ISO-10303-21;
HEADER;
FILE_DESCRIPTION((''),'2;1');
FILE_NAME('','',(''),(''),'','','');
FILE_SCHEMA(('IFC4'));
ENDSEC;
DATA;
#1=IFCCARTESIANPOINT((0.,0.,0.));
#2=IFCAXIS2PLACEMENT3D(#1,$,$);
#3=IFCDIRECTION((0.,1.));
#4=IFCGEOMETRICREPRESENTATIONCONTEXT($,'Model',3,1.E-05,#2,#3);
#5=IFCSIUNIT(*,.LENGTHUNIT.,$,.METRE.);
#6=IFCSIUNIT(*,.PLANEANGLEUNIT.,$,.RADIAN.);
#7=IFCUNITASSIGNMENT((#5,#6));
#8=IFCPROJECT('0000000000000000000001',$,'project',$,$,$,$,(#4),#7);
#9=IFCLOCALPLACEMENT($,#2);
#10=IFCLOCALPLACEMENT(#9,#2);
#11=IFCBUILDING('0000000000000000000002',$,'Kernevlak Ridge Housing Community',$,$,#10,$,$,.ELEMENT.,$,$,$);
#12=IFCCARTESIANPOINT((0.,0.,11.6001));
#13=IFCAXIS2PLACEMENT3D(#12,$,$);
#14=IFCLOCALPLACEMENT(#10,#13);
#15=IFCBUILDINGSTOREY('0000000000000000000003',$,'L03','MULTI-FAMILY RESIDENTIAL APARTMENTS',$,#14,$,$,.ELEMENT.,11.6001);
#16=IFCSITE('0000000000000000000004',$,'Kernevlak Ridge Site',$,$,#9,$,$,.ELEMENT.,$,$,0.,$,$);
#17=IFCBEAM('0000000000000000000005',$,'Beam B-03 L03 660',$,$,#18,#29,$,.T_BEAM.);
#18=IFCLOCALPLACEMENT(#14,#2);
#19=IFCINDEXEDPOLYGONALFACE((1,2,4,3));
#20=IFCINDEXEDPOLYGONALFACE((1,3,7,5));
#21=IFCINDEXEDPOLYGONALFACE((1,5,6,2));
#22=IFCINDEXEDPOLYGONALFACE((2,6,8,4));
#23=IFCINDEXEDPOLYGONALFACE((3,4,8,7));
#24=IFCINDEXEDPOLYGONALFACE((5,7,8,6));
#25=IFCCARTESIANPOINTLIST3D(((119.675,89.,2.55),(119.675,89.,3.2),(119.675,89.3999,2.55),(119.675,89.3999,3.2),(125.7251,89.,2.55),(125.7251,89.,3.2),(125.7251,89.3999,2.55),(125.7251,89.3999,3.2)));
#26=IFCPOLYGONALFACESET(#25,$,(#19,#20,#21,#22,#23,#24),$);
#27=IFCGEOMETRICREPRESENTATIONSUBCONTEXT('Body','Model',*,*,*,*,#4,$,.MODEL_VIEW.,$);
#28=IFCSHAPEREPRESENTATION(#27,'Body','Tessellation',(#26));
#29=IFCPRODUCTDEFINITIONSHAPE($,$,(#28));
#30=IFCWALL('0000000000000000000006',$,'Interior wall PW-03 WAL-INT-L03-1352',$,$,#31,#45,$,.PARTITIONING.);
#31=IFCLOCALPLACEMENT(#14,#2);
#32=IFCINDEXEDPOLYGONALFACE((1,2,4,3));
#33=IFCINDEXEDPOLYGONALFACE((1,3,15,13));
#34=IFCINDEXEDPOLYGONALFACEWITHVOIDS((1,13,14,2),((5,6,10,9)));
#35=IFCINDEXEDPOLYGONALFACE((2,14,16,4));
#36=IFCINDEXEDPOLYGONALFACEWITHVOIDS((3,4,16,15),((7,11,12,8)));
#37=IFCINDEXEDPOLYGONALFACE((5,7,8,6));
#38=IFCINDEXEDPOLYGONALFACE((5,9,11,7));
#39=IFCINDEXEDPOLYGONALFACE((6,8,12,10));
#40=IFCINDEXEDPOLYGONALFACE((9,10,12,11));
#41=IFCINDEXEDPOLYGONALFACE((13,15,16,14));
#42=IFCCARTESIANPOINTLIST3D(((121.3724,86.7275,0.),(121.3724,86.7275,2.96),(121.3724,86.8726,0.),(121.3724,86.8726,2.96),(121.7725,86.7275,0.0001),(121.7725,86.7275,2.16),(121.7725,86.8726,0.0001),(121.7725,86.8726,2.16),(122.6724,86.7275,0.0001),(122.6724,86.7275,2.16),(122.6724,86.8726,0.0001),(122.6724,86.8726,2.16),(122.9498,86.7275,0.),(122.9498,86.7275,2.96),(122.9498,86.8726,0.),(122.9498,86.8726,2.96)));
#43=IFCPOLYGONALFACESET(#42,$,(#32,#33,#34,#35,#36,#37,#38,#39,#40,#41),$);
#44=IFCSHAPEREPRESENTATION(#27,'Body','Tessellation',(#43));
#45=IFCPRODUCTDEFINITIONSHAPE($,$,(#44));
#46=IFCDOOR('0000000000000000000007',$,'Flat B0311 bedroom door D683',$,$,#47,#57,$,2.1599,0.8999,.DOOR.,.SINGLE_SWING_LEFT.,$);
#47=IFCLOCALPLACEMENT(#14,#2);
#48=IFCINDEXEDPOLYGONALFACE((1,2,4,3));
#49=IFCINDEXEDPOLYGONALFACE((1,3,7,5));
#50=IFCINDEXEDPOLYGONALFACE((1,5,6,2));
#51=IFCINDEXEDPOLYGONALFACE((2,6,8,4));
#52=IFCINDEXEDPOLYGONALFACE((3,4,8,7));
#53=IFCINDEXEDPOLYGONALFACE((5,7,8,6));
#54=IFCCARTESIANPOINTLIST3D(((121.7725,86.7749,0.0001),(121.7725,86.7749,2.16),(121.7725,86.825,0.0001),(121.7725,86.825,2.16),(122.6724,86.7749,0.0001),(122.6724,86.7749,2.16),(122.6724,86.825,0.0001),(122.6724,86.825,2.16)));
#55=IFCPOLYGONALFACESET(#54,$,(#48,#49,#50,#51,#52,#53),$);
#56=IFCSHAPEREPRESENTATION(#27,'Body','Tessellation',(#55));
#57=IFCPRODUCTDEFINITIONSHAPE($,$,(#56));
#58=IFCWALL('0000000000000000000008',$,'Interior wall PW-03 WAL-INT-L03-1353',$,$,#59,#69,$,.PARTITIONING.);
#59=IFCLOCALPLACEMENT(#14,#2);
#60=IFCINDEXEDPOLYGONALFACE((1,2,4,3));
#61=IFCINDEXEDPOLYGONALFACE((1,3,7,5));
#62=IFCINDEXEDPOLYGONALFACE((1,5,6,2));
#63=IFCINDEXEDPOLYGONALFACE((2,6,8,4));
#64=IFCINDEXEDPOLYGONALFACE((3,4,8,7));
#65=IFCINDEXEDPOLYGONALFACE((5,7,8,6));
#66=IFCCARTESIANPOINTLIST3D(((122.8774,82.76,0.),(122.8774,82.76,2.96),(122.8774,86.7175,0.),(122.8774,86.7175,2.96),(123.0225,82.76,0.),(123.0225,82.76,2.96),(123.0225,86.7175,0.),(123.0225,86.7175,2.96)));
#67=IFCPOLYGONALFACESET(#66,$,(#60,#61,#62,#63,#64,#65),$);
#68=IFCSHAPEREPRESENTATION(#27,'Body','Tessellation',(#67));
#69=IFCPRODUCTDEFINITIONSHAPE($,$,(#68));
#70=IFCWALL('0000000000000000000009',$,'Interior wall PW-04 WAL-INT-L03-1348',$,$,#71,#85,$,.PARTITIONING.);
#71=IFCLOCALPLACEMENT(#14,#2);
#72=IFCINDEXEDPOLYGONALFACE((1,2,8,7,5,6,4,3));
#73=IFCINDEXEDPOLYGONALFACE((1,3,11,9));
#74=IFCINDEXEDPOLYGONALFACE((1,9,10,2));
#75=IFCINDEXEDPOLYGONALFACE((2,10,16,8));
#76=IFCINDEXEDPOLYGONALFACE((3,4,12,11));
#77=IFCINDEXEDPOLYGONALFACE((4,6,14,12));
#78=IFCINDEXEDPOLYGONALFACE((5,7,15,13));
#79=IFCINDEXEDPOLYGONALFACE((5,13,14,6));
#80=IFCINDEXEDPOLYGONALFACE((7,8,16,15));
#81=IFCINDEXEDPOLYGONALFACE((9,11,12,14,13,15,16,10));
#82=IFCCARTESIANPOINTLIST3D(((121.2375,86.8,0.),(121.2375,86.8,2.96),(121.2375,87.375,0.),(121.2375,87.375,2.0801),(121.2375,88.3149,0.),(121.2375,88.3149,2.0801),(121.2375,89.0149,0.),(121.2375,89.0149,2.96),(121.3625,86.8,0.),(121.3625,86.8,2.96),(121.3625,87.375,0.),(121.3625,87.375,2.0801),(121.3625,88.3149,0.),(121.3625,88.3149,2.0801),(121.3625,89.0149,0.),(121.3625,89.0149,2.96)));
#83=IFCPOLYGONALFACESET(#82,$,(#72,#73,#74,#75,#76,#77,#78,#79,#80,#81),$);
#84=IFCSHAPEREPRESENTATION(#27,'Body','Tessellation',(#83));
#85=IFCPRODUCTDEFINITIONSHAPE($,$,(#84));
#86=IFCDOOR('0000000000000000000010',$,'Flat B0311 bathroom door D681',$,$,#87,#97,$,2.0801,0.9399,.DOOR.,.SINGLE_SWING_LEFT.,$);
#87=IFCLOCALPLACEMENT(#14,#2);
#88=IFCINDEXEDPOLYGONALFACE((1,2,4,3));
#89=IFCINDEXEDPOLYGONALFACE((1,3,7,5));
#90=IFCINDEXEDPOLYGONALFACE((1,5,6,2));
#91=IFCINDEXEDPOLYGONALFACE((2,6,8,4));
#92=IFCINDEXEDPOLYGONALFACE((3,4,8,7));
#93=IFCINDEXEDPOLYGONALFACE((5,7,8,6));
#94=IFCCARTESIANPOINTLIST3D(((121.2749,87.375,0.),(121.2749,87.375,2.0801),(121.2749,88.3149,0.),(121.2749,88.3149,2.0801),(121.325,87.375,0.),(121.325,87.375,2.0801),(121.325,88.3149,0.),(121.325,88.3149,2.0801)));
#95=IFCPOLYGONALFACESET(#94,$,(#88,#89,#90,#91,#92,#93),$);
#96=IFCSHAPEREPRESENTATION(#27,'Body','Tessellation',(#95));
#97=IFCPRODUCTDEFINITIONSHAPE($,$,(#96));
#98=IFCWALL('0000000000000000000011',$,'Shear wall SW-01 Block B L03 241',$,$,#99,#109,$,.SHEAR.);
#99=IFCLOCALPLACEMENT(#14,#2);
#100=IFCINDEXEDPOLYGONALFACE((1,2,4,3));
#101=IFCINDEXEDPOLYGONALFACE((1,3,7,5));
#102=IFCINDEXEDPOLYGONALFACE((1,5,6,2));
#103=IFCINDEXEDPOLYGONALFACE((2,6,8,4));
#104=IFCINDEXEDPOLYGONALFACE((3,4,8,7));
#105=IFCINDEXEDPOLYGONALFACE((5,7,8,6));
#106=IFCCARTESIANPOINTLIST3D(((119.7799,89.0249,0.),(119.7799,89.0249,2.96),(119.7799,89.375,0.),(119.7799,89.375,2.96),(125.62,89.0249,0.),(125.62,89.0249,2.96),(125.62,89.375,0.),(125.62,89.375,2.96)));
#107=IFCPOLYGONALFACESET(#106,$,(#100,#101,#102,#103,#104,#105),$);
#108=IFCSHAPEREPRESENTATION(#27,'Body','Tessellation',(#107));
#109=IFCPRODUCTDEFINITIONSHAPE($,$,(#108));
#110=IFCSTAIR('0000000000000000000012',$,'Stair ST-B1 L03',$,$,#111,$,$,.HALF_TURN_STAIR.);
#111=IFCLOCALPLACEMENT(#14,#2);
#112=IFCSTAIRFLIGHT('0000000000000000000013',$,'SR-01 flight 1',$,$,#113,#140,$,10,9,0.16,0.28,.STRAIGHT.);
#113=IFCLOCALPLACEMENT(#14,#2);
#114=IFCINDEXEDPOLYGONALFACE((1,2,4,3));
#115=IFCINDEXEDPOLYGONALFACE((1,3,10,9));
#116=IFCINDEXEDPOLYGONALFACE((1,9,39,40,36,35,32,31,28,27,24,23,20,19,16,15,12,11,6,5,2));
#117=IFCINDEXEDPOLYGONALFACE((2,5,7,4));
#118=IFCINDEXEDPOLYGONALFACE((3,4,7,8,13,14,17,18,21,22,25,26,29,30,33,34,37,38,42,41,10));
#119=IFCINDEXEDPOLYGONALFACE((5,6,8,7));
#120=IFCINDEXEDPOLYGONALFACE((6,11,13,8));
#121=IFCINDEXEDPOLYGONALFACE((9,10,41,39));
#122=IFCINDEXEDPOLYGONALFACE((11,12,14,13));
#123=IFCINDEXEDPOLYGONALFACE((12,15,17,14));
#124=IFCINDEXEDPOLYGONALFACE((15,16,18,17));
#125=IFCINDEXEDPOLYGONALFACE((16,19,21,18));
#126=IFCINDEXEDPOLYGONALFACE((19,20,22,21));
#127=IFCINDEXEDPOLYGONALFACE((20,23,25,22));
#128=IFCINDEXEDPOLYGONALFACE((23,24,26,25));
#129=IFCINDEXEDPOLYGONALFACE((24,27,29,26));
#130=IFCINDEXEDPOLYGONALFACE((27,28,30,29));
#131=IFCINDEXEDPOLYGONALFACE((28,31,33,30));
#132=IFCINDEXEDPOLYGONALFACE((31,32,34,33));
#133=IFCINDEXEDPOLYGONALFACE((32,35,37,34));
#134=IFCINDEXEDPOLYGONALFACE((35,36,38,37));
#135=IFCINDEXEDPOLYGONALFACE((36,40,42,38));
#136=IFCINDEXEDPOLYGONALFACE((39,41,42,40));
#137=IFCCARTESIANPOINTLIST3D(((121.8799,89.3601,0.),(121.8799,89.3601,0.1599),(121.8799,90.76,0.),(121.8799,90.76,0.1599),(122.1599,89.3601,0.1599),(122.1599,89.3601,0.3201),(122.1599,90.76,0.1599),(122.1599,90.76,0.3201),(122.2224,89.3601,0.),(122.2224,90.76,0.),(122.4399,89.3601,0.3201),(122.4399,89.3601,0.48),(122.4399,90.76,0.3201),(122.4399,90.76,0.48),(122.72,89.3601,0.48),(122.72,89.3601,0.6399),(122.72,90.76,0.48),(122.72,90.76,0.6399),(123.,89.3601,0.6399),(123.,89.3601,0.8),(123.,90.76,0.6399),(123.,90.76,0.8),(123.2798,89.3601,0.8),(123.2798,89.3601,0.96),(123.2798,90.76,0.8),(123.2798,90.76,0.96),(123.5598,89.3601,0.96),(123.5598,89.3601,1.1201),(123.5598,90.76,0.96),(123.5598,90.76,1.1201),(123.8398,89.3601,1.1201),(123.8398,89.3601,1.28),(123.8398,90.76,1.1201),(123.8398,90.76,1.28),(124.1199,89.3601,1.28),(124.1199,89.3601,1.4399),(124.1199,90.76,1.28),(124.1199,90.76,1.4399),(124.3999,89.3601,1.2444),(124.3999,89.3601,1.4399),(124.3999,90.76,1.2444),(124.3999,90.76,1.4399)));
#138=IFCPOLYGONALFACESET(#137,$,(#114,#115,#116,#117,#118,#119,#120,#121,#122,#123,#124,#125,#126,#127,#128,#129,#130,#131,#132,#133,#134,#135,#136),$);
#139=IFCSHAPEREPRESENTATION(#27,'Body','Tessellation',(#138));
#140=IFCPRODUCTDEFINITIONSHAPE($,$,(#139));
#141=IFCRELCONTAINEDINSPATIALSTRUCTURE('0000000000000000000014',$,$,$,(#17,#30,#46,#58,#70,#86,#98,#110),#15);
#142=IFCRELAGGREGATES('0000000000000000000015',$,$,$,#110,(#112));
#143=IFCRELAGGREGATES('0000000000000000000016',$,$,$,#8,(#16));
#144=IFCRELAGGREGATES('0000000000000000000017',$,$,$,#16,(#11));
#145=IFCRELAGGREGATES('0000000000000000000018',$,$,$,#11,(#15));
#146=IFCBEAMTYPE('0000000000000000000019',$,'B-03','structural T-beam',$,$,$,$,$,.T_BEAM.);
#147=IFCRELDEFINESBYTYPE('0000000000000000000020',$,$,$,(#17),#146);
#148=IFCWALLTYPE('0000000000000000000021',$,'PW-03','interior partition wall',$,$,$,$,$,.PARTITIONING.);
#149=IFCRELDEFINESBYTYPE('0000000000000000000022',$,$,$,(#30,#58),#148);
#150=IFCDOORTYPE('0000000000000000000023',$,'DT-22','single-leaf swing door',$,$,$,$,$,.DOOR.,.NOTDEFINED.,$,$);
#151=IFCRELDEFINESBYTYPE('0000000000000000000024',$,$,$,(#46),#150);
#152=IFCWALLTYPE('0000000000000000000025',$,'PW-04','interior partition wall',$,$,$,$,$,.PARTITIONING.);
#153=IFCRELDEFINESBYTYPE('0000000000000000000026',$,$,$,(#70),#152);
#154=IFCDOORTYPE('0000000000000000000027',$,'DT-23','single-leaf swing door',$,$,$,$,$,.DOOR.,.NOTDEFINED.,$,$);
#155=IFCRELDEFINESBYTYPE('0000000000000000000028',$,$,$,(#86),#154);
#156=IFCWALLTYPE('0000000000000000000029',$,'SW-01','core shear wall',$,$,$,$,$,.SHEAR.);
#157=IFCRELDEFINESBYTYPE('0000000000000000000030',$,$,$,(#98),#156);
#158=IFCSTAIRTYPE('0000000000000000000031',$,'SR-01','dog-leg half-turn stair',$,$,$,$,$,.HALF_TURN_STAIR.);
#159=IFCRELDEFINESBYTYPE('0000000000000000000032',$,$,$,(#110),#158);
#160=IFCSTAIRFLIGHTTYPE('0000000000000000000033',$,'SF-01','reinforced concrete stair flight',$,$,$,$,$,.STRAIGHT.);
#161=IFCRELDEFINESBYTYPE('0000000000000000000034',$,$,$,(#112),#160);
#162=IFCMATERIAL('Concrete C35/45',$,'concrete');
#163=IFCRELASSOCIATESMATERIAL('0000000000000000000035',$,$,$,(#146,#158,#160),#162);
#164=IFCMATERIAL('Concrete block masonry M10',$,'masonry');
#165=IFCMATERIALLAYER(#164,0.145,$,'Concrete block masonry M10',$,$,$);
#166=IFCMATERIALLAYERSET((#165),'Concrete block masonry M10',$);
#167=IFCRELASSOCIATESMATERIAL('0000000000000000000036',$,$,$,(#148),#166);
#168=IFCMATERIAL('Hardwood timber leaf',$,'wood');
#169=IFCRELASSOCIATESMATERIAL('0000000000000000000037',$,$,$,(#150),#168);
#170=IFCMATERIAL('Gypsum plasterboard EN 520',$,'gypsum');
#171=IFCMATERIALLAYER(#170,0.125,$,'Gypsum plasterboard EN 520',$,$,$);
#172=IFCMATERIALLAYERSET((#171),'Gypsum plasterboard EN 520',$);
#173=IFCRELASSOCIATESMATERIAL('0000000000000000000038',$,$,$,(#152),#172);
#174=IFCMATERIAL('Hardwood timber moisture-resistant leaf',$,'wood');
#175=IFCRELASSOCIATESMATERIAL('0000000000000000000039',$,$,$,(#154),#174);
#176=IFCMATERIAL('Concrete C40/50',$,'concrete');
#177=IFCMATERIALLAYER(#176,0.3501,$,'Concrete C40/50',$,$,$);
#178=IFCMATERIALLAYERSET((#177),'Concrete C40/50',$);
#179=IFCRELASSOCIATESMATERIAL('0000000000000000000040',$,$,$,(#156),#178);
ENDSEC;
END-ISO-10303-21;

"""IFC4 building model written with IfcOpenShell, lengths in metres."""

from ifc_helpers import new_model, si_unit, direction, frame, frame_2d, origin, origin_2d, place, context, subcontext, project, spatial, polyline, rectangle, outline, extrude, material, layer, layer_set, material_profile, profile_set, type_object, element, fill, aggregate, save


model = new_model("IFC4")

# Units and contexts
model_context = context("Model", 3, precision=1e-05, world=origin(), true_north=direction((0.0, 1.0)))
body_context = subcontext(model_context, "Body", "Model", "MODEL_VIEW")
ifc_project = project(units=[si_unit("LENGTHUNIT", "METRE"), si_unit("PLANEANGLEUNIT", "RADIAN")], contexts=[model_context])

# Site, building, storey
site_placement = place(None, origin())
site = spatial("IfcSite", under=ifc_project, at=site_placement, Name="Kernevlak Ridge Site", CompositionType="ELEMENT", RefElevation=0.0)
building_placement = place(site_placement, origin())
building = spatial("IfcBuilding", under=site, at=building_placement, Name="Kernevlak Ridge Housing Community", CompositionType="ELEMENT")
storey_placement = place(building_placement, frame((0.0, 0.0, 11.6001)))
storey = spatial("IfcBuildingStorey", under=building, at=storey_placement, Name="L03", Description="MULTI-FAMILY RESIDENTIAL APARTMENTS", CompositionType="ELEMENT", Elevation=11.6001)

# Beam
ifc_material_1 = material(Name="Concrete C35/45", Category="concrete")
ifc_material_profile = material_profile(ifc_material_1, rectangle(XDim=0.3999, YDim=0.6499, at=origin_2d()), Name="RC 400x650")
ifc_profile_set = profile_set([ifc_material_profile], Name="Concrete C35/45")
beam_type = type_object("IfcBeamType", Name="B-03", Description="structural T-beam", PredefinedType="T_BEAM", material=ifc_profile_set)
beam_placement = place(storey_placement, frame((119.675, 89.2, 2.875), z_axis=(1.0, 0.0, 0.0), x_axis=(0.0, 1.0, 0.0)))
element("IfcBeam", 1, at=beam_placement, inside=storey, type_object=beam_type, Name="Beam B-03 L03 660", PredefinedType="T_BEAM", context=body_context, shape_type="SweptSolid", body=[
    extrude(rectangle(XDim=0.3999, YDim=0.6499, at=origin_2d()), origin(), (0.0, 0.0, 1.0), 6.05),
])

# Wall, opening, door
ifc_material_2 = material(Name="Concrete block masonry M10", Category="masonry")
ifc_layer_1 = layer(ifc_material_2, 0.145, Name="Concrete block masonry M10")
ifc_layer_set_1 = layer_set([ifc_layer_1], Name="Concrete block masonry M10")
wall_type_1 = type_object("IfcWallType", Name="PW-03", Description="interior partition wall", PredefinedType="PARTITIONING", material=ifc_layer_set_1)
wall_1_placement = place(storey_placement, frame((121.3726, 86.8, 0.0), z_axis=(0.0, 0.0, 1.0), x_axis=(1.0, 0.0, 0.0)))
wall_1 = element("IfcWall", 2, at=wall_1_placement, inside=storey, type_object=wall_type_1, Name="Interior wall PW-03 WAL-INT-L03-1352", PredefinedType="PARTITIONING", context=body_context, shape_type="SweptSolid", body=[
    extrude(rectangle(XDim=1.5774, YDim=0.145, at=frame_2d((0.7886, 0.0))), origin(), (0.0, 0.0, 1.0), 2.96),
])
opening_1_placement = place(wall_1_placement, frame((0.3999, 0.0, 0.0)))
opening_1 = element("IfcOpeningElement", 3, at=opening_1_placement, cuts=wall_1, PredefinedType="OPENING", context=body_context, shape_type="SweptSolid", body=[
    extrude(rectangle(XDim=0.8999, YDim=2.1599, at=frame_2d((0.45, 1.0801))), frame((0.0, 0.0825, 0.0), z_axis=(0.0, -1.0, 0.0), x_axis=(1.0, 0.0, 0.0)), (0.0, 0.0, 1.0), 0.165),
])
ifc_material_3 = material(Name="Hardwood timber leaf", Category="wood")
door_type_1 = type_object("IfcDoorType", Name="DT-22", Description="single-leaf swing door", OperationType="NOTDEFINED", PredefinedType="DOOR", material=ifc_material_3)
door_1_placement = place(opening_1_placement, origin())
door_1 = element("IfcDoor", 4, at=door_1_placement, inside=storey, type_object=door_type_1, Name="Flat B0311 bedroom door D683", OperationType="SINGLE_SWING_LEFT", OverallHeight=2.1599, OverallWidth=0.8999, PredefinedType="DOOR", context=body_context, shape_type="SweptSolid", body=[
    extrude(rectangle(XDim=0.8999, YDim=2.1599, at=frame_2d((0.45, 1.0801))), frame((0.0, 0.0249, 0.0), z_axis=(0.0, -1.0, 0.0), x_axis=(1.0, 0.0, 0.0)), (0.0, 0.0, 1.0), 0.05),
])
fill(opening_1, door_1)

# Wall
wall_2_placement = place(storey_placement, frame((122.95, 86.7175, 0.0), z_axis=(0.0, 0.0, 1.0), x_axis=(0.0, -1.0, 0.0)))
element("IfcWall", 5, at=wall_2_placement, inside=storey, type_object=wall_type_1, Name="Interior wall PW-03 WAL-INT-L03-1353", PredefinedType="PARTITIONING", context=body_context, shape_type="SweptSolid", body=[
    extrude(rectangle(XDim=3.9575, YDim=0.145, at=frame_2d((1.9788, 0.0))), origin(), (0.0, 0.0, 1.0), 2.96),
])

# Wall, opening, door
ifc_material_4 = material(Name="Gypsum plasterboard EN 520", Category="gypsum")
ifc_layer_2 = layer(ifc_material_4, 0.125, Name="Gypsum plasterboard EN 520")
ifc_layer_set_2 = layer_set([ifc_layer_2], Name="Gypsum plasterboard EN 520")
wall_type_2 = type_object("IfcWallType", Name="PW-04", Description="interior partition wall", PredefinedType="PARTITIONING", material=ifc_layer_set_2)
wall_3_placement = place(storey_placement, frame((121.3, 89.0149, 0.0), z_axis=(0.0, 0.0, 1.0), x_axis=(0.0, -1.0, 0.0)))
wall_3 = element("IfcWall", 6, at=wall_3_placement, inside=storey, type_object=wall_type_2, Name="Interior wall PW-04 WAL-INT-L03-1348", PredefinedType="PARTITIONING", context=body_context, shape_type="SweptSolid", body=[
    extrude(rectangle(XDim=2.2148, YDim=0.125, at=frame_2d((1.1074, 0.0))), origin(), (0.0, 0.0, 1.0), 2.96),
])
opening_2_placement = place(wall_3_placement, frame((0.7, 0.0, 0.0)))
opening_2 = element("IfcOpeningElement", 7, at=opening_2_placement, cuts=wall_3, PredefinedType="OPENING", context=body_context, shape_type="SweptSolid", body=[
    extrude(rectangle(XDim=0.9399, YDim=2.0801, at=frame_2d((0.47, 1.04))), frame((0.0, 0.0725, 0.0), z_axis=(0.0, -1.0, 0.0), x_axis=(1.0, 0.0, 0.0)), (0.0, 0.0, 1.0), 0.145),
])
ifc_material_5 = material(Name="Hardwood timber moisture-resistant leaf", Category="wood")
door_type_2 = type_object("IfcDoorType", Name="DT-23", Description="single-leaf swing door", OperationType="NOTDEFINED", PredefinedType="DOOR", material=ifc_material_5)
door_2_placement = place(opening_2_placement, origin())
door_2 = element("IfcDoor", 8, at=door_2_placement, inside=storey, type_object=door_type_2, Name="Flat B0311 bathroom door D681", OperationType="SINGLE_SWING_LEFT", OverallHeight=2.0801, OverallWidth=0.9399, PredefinedType="DOOR", context=body_context, shape_type="SweptSolid", body=[
    extrude(rectangle(XDim=0.9399, YDim=2.0801, at=frame_2d((0.47, 1.04))), frame((0.0, 0.0249, 0.0), z_axis=(0.0, -1.0, 0.0), x_axis=(1.0, 0.0, 0.0)), (0.0, 0.0, 1.0), 0.05),
])
fill(opening_2, door_2)

# Wall
ifc_material_6 = material(Name="Concrete C40/50", Category="concrete")
ifc_layer_3 = layer(ifc_material_6, 0.3501, Name="Concrete C40/50")
ifc_layer_set_3 = layer_set([ifc_layer_3], Name="Concrete C40/50")
wall_type_3 = type_object("IfcWallType", Name="SW-01", Description="core shear wall", PredefinedType="SHEAR", material=ifc_layer_set_3)
wall_4_placement = place(storey_placement, frame((119.78, 89.2, 0.0), z_axis=(0.0, 0.0, 1.0), x_axis=(1.0, 0.0, 0.0)))
element("IfcWall", 9, at=wall_4_placement, inside=storey, type_object=wall_type_3, Name="Shear wall SW-01 Block B L03 241", PredefinedType="SHEAR", context=body_context, shape_type="SweptSolid", body=[
    extrude(rectangle(XDim=5.8401, YDim=0.3501, at=frame_2d((2.9199, 0.0))), origin(), (0.0, 0.0, 1.0), 2.96),
])

# Stair, stair flight
stair_type = type_object("IfcStairType", Name="SR-01", Description="dog-leg half-turn stair", PredefinedType="HALF_TURN_STAIR", material=ifc_material_1)
stair_placement = place(storey_placement, origin())
stair = element("IfcStair", 10, at=stair_placement, inside=storey, type_object=stair_type, Name="Stair ST-B1 L03", PredefinedType="HALF_TURN_STAIR")
stair_flight_type = type_object("IfcStairFlightType", Name="SF-01", Description="reinforced concrete stair flight", PredefinedType="STRAIGHT", material=ifc_material_1)
stair_flight_placement = place(storey_placement, frame((121.8799, 90.0601, 0.0), z_axis=(0.0, 0.0, 1.0), x_axis=(1.0, 0.0, 0.0)))
stair_flight = element("IfcStairFlight", 11, at=stair_flight_placement, type_object=stair_flight_type, Name="SR-01 flight 1", NumberOfRisers=10, NumberOfTreads=9, PredefinedType="STRAIGHT", RiserHeight=0.16, TreadLength=0.28, context=body_context, shape_type="SweptSolid", body=[
    extrude(outline(polyline([(0.0, 0.0), (0.0, 0.1599), (0.28, 0.1599), (0.28, 0.3201), (0.5601, 0.3201), (0.5601, 0.48), (0.8401, 0.48), (0.8401, 0.6399), (1.1201, 0.6399), (1.1201, 0.8), (1.3999, 0.8), (1.3999, 0.96), (1.6799, 0.96), (1.6799, 1.1201), (1.96, 1.1201), (1.96, 1.28), (2.24, 1.28), (2.24, 1.4399), (2.52, 1.4399), (2.52, 1.6001), (2.52, 1.2444), (0.3425, 0.0), (0.0, 0.0)])), frame((0.0, 0.7, 0.0), z_axis=(0.0, -1.0, 0.0), x_axis=(1.0, 0.0, 0.0)), (0.0, 0.0, 1.0), 1.3999),
])
aggregate(stair, [stair_flight])

save(model, "model.ifc")
